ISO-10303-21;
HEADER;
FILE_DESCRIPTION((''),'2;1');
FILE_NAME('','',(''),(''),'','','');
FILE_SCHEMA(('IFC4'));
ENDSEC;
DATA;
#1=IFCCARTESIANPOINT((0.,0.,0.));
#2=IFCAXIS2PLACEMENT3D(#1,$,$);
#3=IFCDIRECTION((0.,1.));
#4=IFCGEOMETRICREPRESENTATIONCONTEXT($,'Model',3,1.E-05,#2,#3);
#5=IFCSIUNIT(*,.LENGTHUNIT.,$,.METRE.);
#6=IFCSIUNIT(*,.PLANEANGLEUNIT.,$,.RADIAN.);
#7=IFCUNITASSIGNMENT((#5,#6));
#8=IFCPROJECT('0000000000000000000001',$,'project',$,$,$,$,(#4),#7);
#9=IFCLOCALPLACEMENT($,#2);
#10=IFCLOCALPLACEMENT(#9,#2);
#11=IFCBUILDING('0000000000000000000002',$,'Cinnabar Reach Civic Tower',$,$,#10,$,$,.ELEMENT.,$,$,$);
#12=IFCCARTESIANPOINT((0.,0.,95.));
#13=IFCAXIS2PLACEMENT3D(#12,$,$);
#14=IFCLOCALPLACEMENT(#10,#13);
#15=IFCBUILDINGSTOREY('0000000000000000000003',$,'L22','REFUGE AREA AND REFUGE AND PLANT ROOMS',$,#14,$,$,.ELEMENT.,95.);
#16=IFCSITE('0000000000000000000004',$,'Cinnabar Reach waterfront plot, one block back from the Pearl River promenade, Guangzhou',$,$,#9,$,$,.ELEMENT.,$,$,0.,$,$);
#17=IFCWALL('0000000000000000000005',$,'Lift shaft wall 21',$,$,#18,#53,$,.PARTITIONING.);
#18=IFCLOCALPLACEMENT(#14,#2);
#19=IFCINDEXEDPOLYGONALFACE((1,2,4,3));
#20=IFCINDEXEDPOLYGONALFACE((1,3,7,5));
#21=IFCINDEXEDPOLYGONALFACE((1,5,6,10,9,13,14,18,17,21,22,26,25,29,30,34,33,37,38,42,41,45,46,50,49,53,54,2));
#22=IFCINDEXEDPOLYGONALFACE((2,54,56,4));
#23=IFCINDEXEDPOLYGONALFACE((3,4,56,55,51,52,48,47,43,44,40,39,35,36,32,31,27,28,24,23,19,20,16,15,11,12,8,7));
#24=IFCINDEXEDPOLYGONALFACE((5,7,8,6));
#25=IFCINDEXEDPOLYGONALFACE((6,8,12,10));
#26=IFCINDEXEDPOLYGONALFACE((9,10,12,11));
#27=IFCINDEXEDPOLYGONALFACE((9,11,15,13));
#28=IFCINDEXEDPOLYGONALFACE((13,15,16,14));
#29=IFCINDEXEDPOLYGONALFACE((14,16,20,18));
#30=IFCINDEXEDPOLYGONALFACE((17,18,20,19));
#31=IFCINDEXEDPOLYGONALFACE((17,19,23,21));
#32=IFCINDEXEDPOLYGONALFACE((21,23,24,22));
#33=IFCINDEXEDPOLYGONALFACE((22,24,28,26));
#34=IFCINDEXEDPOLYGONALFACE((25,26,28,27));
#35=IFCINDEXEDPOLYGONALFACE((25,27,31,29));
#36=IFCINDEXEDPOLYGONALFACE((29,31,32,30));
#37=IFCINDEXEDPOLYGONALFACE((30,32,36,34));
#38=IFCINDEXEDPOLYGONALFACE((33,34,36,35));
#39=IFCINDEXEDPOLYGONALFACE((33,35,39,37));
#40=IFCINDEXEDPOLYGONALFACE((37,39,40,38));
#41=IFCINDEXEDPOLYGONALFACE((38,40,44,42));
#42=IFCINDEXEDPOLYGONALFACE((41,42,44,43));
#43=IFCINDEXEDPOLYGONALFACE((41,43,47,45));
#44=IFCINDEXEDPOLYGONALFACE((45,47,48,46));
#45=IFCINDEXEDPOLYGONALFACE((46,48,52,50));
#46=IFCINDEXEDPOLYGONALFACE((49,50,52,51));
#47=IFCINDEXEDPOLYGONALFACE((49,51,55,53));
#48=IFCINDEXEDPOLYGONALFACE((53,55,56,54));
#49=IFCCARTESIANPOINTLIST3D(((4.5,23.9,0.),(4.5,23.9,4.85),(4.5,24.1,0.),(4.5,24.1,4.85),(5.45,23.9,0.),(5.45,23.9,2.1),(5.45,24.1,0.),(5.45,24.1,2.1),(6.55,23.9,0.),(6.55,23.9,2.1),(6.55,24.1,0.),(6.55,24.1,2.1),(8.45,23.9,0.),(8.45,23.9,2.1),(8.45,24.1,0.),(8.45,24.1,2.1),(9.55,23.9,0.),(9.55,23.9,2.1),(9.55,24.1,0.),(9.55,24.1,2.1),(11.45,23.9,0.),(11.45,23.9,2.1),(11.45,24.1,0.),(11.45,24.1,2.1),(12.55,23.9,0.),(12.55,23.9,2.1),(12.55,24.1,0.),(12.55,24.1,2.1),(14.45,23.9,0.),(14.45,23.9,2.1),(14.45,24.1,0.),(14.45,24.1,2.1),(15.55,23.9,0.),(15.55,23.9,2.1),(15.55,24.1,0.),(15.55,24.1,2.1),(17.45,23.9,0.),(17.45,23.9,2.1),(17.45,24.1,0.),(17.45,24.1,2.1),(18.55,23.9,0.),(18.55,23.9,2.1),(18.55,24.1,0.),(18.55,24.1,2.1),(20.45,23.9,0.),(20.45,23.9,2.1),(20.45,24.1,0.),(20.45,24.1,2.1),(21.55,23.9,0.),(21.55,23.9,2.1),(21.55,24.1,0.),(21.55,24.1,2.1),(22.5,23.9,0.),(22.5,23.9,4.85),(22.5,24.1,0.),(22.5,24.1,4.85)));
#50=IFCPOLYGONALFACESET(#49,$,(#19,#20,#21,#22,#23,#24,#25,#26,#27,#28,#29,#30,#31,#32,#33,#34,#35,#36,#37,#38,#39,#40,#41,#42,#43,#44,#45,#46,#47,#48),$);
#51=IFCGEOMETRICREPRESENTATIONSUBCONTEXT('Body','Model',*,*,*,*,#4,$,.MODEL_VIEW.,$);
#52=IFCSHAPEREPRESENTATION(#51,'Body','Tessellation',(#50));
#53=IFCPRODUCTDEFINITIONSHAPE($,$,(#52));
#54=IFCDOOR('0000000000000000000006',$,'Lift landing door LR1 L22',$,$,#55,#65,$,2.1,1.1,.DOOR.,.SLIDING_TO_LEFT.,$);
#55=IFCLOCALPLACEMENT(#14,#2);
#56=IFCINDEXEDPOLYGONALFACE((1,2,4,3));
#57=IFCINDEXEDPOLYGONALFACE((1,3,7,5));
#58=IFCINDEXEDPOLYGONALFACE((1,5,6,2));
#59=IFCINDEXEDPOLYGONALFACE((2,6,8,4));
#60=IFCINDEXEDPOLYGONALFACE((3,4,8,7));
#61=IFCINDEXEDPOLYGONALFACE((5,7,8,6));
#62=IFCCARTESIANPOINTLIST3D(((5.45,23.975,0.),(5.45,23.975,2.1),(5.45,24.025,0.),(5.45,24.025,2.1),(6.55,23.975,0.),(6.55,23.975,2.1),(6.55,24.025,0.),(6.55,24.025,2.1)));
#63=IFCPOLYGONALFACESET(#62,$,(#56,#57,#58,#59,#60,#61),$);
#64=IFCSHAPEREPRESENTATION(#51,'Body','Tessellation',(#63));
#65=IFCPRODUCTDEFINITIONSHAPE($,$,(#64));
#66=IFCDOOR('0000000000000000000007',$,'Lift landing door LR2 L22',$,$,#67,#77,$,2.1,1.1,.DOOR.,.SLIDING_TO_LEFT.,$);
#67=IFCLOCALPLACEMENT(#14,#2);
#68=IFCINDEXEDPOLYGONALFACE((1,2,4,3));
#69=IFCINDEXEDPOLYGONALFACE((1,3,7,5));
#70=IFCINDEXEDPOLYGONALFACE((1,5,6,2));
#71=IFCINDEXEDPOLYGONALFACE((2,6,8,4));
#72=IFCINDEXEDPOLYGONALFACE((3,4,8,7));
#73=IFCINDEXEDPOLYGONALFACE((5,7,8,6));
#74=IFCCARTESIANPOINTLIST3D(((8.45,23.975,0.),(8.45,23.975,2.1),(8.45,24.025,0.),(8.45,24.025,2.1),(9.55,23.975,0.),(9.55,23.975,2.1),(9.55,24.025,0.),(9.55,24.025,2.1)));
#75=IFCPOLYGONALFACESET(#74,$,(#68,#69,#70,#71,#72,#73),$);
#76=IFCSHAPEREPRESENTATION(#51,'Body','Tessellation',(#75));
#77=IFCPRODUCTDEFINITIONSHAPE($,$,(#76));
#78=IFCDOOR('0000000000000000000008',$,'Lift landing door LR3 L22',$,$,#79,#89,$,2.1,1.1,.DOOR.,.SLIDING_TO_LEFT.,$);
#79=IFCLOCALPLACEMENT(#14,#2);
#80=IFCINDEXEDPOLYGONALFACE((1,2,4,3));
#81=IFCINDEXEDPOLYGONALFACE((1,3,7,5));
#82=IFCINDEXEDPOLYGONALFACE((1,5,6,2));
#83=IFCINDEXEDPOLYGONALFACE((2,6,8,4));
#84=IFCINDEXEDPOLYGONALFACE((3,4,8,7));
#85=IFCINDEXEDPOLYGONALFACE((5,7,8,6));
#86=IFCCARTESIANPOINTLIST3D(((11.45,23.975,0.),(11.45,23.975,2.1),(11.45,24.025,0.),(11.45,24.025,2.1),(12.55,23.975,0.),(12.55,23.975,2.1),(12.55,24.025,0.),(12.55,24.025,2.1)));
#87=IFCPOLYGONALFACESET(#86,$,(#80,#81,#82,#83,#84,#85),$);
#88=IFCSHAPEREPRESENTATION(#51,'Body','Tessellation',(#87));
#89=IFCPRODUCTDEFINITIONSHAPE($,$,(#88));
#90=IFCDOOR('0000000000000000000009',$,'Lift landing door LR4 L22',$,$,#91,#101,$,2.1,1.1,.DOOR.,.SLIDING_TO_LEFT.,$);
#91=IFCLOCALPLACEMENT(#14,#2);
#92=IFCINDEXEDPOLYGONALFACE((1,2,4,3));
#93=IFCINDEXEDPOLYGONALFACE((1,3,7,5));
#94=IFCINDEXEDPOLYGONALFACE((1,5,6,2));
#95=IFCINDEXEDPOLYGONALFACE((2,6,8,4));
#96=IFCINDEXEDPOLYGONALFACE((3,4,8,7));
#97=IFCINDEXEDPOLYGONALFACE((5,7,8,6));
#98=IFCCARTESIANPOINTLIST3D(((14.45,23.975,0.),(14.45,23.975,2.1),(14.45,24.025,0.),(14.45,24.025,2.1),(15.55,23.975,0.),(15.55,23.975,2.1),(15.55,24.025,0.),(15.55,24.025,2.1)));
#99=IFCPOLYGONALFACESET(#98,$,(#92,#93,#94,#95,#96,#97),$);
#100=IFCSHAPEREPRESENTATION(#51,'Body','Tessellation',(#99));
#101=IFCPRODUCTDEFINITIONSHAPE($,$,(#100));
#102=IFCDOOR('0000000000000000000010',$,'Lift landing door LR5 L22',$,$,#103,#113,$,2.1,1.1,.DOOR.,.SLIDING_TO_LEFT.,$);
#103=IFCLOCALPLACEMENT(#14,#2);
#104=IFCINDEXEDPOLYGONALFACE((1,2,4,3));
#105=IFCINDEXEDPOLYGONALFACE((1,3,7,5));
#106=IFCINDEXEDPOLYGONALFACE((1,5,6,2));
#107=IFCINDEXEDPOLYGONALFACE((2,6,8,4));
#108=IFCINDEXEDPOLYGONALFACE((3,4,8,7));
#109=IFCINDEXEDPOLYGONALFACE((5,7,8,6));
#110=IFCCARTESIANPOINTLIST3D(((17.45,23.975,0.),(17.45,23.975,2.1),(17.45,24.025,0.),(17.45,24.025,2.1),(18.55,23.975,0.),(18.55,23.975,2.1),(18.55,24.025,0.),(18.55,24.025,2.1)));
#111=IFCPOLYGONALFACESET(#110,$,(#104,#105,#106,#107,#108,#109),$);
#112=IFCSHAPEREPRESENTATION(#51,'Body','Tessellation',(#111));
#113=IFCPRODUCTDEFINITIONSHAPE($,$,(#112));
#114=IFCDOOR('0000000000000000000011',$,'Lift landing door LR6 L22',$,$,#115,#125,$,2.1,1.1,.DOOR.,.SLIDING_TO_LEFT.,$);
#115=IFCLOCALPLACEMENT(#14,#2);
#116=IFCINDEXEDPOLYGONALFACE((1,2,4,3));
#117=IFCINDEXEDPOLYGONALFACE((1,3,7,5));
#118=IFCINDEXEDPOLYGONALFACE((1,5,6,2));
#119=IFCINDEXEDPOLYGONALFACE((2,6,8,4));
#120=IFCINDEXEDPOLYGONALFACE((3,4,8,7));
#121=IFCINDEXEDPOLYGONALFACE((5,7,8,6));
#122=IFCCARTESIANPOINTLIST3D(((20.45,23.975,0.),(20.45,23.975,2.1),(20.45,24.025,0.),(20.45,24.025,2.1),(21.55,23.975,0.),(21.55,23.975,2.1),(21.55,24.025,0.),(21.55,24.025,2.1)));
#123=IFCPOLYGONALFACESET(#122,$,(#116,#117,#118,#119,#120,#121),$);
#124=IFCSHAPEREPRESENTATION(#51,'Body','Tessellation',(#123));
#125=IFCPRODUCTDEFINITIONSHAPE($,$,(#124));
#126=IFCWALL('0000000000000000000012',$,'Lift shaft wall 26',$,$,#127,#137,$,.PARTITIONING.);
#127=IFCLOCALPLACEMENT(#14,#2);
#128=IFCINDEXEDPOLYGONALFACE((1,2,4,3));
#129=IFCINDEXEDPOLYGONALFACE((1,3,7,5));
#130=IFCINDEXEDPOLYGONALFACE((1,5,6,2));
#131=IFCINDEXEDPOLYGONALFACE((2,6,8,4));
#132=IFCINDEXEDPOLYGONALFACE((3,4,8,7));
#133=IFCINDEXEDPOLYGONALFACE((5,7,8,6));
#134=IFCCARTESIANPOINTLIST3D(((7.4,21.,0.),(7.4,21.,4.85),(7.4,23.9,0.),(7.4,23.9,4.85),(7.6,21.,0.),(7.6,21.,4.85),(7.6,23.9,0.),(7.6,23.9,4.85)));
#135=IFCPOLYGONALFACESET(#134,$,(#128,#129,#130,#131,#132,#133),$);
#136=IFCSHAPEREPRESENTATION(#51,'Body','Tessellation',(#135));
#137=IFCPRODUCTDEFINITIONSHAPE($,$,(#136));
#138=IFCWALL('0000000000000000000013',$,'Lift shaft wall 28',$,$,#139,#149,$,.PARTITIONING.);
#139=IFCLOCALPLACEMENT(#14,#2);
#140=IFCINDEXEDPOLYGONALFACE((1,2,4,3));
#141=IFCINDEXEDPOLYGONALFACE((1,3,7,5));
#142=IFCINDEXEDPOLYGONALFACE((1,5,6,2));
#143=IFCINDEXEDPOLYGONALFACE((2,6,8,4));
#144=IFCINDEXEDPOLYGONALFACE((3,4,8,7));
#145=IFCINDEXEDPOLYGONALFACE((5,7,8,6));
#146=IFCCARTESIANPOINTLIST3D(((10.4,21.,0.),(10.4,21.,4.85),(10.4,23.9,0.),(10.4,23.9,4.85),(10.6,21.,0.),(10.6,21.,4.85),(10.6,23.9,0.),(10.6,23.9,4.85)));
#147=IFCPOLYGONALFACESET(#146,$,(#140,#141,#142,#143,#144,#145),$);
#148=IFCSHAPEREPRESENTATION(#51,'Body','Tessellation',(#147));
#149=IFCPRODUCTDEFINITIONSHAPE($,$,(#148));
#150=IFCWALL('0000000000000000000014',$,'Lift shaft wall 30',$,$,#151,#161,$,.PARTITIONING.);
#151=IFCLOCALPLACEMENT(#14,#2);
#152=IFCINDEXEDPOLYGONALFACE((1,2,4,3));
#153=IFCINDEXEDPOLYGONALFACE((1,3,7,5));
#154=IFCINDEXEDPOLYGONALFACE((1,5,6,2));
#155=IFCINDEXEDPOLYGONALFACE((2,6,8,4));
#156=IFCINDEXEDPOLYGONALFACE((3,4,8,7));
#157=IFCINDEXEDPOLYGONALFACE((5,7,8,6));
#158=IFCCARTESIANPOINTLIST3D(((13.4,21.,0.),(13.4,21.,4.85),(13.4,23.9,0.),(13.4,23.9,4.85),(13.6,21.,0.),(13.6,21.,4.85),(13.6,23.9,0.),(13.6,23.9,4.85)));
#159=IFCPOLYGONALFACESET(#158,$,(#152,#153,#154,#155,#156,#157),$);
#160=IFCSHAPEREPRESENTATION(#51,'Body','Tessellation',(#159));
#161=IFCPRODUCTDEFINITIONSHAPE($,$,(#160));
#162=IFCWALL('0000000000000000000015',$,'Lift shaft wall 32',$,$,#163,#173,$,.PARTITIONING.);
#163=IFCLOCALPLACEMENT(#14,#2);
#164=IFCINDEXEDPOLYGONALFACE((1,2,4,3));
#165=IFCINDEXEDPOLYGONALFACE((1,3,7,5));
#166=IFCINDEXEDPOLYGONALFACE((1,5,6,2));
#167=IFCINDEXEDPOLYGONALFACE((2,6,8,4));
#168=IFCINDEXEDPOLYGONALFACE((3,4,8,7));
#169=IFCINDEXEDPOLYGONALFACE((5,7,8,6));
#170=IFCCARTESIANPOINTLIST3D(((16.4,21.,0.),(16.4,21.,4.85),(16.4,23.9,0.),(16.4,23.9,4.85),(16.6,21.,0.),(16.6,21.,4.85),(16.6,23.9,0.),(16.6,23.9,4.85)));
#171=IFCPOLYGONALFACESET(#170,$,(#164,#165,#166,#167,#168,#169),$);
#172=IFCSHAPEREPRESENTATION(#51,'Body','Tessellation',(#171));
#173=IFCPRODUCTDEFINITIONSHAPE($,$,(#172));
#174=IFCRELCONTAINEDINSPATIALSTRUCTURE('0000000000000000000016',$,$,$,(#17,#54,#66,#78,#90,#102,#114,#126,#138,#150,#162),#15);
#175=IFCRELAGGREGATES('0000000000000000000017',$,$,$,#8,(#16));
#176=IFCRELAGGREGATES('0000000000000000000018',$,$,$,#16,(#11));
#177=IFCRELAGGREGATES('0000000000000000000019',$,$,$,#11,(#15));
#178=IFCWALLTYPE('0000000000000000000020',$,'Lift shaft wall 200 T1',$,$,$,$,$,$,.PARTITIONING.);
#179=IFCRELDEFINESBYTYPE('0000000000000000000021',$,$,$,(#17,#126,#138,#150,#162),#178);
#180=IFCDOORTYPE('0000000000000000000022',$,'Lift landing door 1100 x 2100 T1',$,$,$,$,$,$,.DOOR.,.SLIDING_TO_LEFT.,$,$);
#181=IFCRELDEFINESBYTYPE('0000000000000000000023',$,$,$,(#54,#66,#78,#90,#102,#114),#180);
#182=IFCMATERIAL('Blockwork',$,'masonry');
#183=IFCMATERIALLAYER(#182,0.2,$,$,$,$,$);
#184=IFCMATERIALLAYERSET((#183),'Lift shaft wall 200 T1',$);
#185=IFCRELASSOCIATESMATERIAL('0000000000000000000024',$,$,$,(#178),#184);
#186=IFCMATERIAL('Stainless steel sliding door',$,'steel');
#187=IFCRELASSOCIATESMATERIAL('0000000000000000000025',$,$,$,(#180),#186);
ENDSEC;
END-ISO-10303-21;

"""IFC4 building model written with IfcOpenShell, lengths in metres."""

from ifc_helpers import new_model, si_unit, direction, frame, frame_2d, origin, place, context, subcontext, project, spatial, rectangle, extrude, material, layer, layer_set, type_object, element, fill, save


model = new_model("IFC4")

# Units and contexts
model_context = context("Model", 3, precision=1e-05, world=origin(), true_north=direction((0.0, 1.0)))
body_context = subcontext(model_context, "Body", "Model", "MODEL_VIEW")
ifc_project = project(units=[si_unit("LENGTHUNIT", "METRE"), si_unit("PLANEANGLEUNIT", "RADIAN")], contexts=[model_context])

# Site, building, storey
site_placement = place(None, origin())
site = spatial("IfcSite", under=ifc_project, at=site_placement, Name="Cinnabar Reach waterfront plot, one block back from the Pearl River promenade, Guangzhou", CompositionType="ELEMENT", RefElevation=0.0)
building_placement = place(site_placement, origin())
building = spatial("IfcBuilding", under=site, at=building_placement, Name="Cinnabar Reach Civic Tower", CompositionType="ELEMENT")
storey_placement = place(building_placement, frame((0.0, 0.0, 95.0)))
storey = spatial("IfcBuildingStorey", under=building, at=storey_placement, Name="L22", Description="REFUGE AREA AND REFUGE AND PLANT ROOMS", CompositionType="ELEMENT", Elevation=95.0)

# Wall, openings, doors
ifc_material_1 = material(Name="Blockwork", Category="masonry")
ifc_layer_1 = layer(ifc_material_1, 0.2)
ifc_layer_set_1 = layer_set([ifc_layer_1], Name="Lift shaft wall 200 T1")
wall_type_1 = type_object("IfcWallType", Name="Lift shaft wall 200 T1", PredefinedType="PARTITIONING", material=ifc_layer_set_1)
wall_1_placement = place(storey_placement, frame((4.5, 24.0, 0.0), z_axis=(0.0, 0.0, 1.0), x_axis=(1.0, 0.0, 0.0)))
wall_1 = element("IfcWall", 1, at=wall_1_placement, inside=storey, type_object=wall_type_1, Name="Lift shaft wall 21", PredefinedType="PARTITIONING", context=body_context, shape_type="SweptSolid", body=[
    extrude(rectangle(XDim=18.0, YDim=0.2, at=frame_2d((9.0, 0.0))), origin(), (0.0, 0.0, 1.0), 4.85),
])
opening_1_placement = place(wall_1_placement, frame((0.95, 0.0, 0.0)))
opening_1 = element("IfcOpeningElement", 2, at=opening_1_placement, cuts=wall_1, PredefinedType="OPENING", context=body_context, shape_type="SweptSolid", body=[
    extrude(rectangle(XDim=1.1, YDim=2.1, at=frame_2d((0.55, 1.05))), frame((0.0, 0.11, 0.0), z_axis=(0.0, -1.0, 0.0), x_axis=(1.0, 0.0, 0.0)), (0.0, 0.0, 1.0), 0.22),
])
opening_2_placement = place(wall_1_placement, frame((3.95, 0.0, 0.0)))
opening_2 = element("IfcOpeningElement", 3, at=opening_2_placement, cuts=wall_1, PredefinedType="OPENING", context=body_context, shape_type="SweptSolid", body=[
    extrude(rectangle(XDim=1.1, YDim=2.1, at=frame_2d((0.55, 1.05))), frame((0.0, 0.11, 0.0), z_axis=(0.0, -1.0, 0.0), x_axis=(1.0, 0.0, 0.0)), (0.0, 0.0, 1.0), 0.22),
])
opening_3_placement = place(wall_1_placement, frame((6.95, 0.0, 0.0)))
opening_3 = element("IfcOpeningElement", 4, at=opening_3_placement, cuts=wall_1, PredefinedType="OPENING", context=body_context, shape_type="SweptSolid", body=[
    extrude(rectangle(XDim=1.1, YDim=2.1, at=frame_2d((0.55, 1.05))), frame((0.0, 0.11, 0.0), z_axis=(0.0, -1.0, 0.0), x_axis=(1.0, 0.0, 0.0)), (0.0, 0.0, 1.0), 0.22),
])
opening_4_placement = place(wall_1_placement, frame((9.95, 0.0, 0.0)))
opening_4 = element("IfcOpeningElement", 5, at=opening_4_placement, cuts=wall_1, PredefinedType="OPENING", context=body_context, shape_type="SweptSolid", body=[
    extrude(rectangle(XDim=1.1, YDim=2.1, at=frame_2d((0.55, 1.05))), frame((0.0, 0.11, 0.0), z_axis=(0.0, -1.0, 0.0), x_axis=(1.0, 0.0, 0.0)), (0.0, 0.0, 1.0), 0.22),
])
opening_5_placement = place(wall_1_placement, frame((12.95, 0.0, 0.0)))
opening_5 = element("IfcOpeningElement", 6, at=opening_5_placement, cuts=wall_1, PredefinedType="OPENING", context=body_context, shape_type="SweptSolid", body=[
    extrude(rectangle(XDim=1.1, YDim=2.1, at=frame_2d((0.55, 1.05))), frame((0.0, 0.11, 0.0), z_axis=(0.0, -1.0, 0.0), x_axis=(1.0, 0.0, 0.0)), (0.0, 0.0, 1.0), 0.22),
])
opening_6_placement = place(wall_1_placement, frame((15.95, 0.0, 0.0)))
opening_6 = element("IfcOpeningElement", 7, at=opening_6_placement, cuts=wall_1, PredefinedType="OPENING", context=body_context, shape_type="SweptSolid", body=[
    extrude(rectangle(XDim=1.1, YDim=2.1, at=frame_2d((0.55, 1.05))), frame((0.0, 0.11, 0.0), z_axis=(0.0, -1.0, 0.0), x_axis=(1.0, 0.0, 0.0)), (0.0, 0.0, 1.0), 0.22),
])
ifc_material_2 = material(Name="Stainless steel sliding door", Category="steel")
door_type_1 = type_object("IfcDoorType", Name="Lift landing door 1100 x 2100 T1", OperationType="SLIDING_TO_LEFT", PredefinedType="DOOR", material=ifc_material_2)
door_1_placement = place(opening_1_placement, origin())
door_1 = element("IfcDoor", 8, at=door_1_placement, inside=storey, type_object=door_type_1, Name="Lift landing door LR1 L22", OperationType="SLIDING_TO_LEFT", OverallHeight=2.1, OverallWidth=1.1, PredefinedType="DOOR", context=body_context, shape_type="SweptSolid", body=[
    extrude(rectangle(XDim=1.1, YDim=2.1, at=frame_2d((0.55, 1.05))), frame((0.0, 0.025, 0.0), z_axis=(0.0, -1.0, 0.0), x_axis=(1.0, 0.0, 0.0)), (0.0, 0.0, 1.0), 0.05),
])
fill(opening_1, door_1)
door_2_placement = place(opening_2_placement, origin())
door_2 = element("IfcDoor", 9, at=door_2_placement, inside=storey, type_object=door_type_1, Name="Lift landing door LR2 L22", OperationType="SLIDING_TO_LEFT", OverallHeight=2.1, OverallWidth=1.1, PredefinedType="DOOR", context=body_context, shape_type="SweptSolid", body=[
    extrude(rectangle(XDim=1.1, YDim=2.1, at=frame_2d((0.55, 1.05))), frame((0.0, 0.025, 0.0), z_axis=(0.0, -1.0, 0.0), x_axis=(1.0, 0.0, 0.0)), (0.0, 0.0, 1.0), 0.05),
])
fill(opening_2, door_2)
door_3_placement = place(opening_3_placement, origin())
door_3 = element("IfcDoor", 10, at=door_3_placement, inside=storey, type_object=door_type_1, Name="Lift landing door LR3 L22", OperationType="SLIDING_TO_LEFT", OverallHeight=2.1, OverallWidth=1.1, PredefinedType="DOOR", context=body_context, shape_type="SweptSolid", body=[
    extrude(rectangle(XDim=1.1, YDim=2.1, at=frame_2d((0.55, 1.05))), frame((0.0, 0.025, 0.0), z_axis=(0.0, -1.0, 0.0), x_axis=(1.0, 0.0, 0.0)), (0.0, 0.0, 1.0), 0.05),
])
fill(opening_3, door_3)
door_4_placement = place(opening_4_placement, origin())
door_4 = element("IfcDoor", 11, at=door_4_placement, inside=storey, type_object=door_type_1, Name="Lift landing door LR4 L22", OperationType="SLIDING_TO_LEFT", OverallHeight=2.1, OverallWidth=1.1, PredefinedType="DOOR", context=body_context, shape_type="SweptSolid", body=[
    extrude(rectangle(XDim=1.1, YDim=2.1, at=frame_2d((0.55, 1.05))), frame((0.0, 0.025, 0.0), z_axis=(0.0, -1.0, 0.0), x_axis=(1.0, 0.0, 0.0)), (0.0, 0.0, 1.0), 0.05),
])
fill(opening_4, door_4)
door_5_placement = place(opening_5_placement, origin())
door_5 = element("IfcDoor", 12, at=door_5_placement, inside=storey, type_object=door_type_1, Name="Lift landing door LR5 L22", OperationType="SLIDING_TO_LEFT", OverallHeight=2.1, OverallWidth=1.1, PredefinedType="DOOR", context=body_context, shape_type="SweptSolid", body=[
    extrude(rectangle(XDim=1.1, YDim=2.1, at=frame_2d((0.55, 1.05))), frame((0.0, 0.025, 0.0), z_axis=(0.0, -1.0, 0.0), x_axis=(1.0, 0.0, 0.0)), (0.0, 0.0, 1.0), 0.05),
])
fill(opening_5, door_5)
door_6_placement = place(opening_6_placement, origin())
door_6 = element("IfcDoor", 13, at=door_6_placement, inside=storey, type_object=door_type_1, Name="Lift landing door LR6 L22", OperationType="SLIDING_TO_LEFT", OverallHeight=2.1, OverallWidth=1.1, PredefinedType="DOOR", context=body_context, shape_type="SweptSolid", body=[
    extrude(rectangle(XDim=1.1, YDim=2.1, at=frame_2d((0.55, 1.05))), frame((0.0, 0.025, 0.0), z_axis=(0.0, -1.0, 0.0), x_axis=(1.0, 0.0, 0.0)), (0.0, 0.0, 1.0), 0.05),
])
fill(opening_6, door_6)

# Walls
for number, where, z_axis, x_axis, name in (
    (14, (7.5, 21.0, 0.0), (0.0, 0.0, 1.0), (0.0, 1.0, 0.0), "Lift shaft wall 26"),
    (15, (10.5, 21.0, 0.0), (0.0, 0.0, 1.0), (0.0, 1.0, 0.0), "Lift shaft wall 28"),
    (16, (13.5, 21.0, 0.0), (0.0, 0.0, 1.0), (0.0, 1.0, 0.0), "Lift shaft wall 30"),
    (17, (16.5, 21.0, 0.0), (0.0, 0.0, 1.0), (0.0, 1.0, 0.0), "Lift shaft wall 32"),
):
    element("IfcWall", number, at=place(storey_placement, frame(where, z_axis=z_axis, x_axis=x_axis)), inside=storey, type_object=wall_type_1, Name=name, PredefinedType="PARTITIONING", context=body_context, shape_type="SweptSolid", body=[
        extrude(rectangle(XDim=2.9, YDim=0.2, at=frame_2d((1.45, 0.0))), origin(), (0.0, 0.0, 1.0), 4.85),
    ])

save(model, "model.ifc")
